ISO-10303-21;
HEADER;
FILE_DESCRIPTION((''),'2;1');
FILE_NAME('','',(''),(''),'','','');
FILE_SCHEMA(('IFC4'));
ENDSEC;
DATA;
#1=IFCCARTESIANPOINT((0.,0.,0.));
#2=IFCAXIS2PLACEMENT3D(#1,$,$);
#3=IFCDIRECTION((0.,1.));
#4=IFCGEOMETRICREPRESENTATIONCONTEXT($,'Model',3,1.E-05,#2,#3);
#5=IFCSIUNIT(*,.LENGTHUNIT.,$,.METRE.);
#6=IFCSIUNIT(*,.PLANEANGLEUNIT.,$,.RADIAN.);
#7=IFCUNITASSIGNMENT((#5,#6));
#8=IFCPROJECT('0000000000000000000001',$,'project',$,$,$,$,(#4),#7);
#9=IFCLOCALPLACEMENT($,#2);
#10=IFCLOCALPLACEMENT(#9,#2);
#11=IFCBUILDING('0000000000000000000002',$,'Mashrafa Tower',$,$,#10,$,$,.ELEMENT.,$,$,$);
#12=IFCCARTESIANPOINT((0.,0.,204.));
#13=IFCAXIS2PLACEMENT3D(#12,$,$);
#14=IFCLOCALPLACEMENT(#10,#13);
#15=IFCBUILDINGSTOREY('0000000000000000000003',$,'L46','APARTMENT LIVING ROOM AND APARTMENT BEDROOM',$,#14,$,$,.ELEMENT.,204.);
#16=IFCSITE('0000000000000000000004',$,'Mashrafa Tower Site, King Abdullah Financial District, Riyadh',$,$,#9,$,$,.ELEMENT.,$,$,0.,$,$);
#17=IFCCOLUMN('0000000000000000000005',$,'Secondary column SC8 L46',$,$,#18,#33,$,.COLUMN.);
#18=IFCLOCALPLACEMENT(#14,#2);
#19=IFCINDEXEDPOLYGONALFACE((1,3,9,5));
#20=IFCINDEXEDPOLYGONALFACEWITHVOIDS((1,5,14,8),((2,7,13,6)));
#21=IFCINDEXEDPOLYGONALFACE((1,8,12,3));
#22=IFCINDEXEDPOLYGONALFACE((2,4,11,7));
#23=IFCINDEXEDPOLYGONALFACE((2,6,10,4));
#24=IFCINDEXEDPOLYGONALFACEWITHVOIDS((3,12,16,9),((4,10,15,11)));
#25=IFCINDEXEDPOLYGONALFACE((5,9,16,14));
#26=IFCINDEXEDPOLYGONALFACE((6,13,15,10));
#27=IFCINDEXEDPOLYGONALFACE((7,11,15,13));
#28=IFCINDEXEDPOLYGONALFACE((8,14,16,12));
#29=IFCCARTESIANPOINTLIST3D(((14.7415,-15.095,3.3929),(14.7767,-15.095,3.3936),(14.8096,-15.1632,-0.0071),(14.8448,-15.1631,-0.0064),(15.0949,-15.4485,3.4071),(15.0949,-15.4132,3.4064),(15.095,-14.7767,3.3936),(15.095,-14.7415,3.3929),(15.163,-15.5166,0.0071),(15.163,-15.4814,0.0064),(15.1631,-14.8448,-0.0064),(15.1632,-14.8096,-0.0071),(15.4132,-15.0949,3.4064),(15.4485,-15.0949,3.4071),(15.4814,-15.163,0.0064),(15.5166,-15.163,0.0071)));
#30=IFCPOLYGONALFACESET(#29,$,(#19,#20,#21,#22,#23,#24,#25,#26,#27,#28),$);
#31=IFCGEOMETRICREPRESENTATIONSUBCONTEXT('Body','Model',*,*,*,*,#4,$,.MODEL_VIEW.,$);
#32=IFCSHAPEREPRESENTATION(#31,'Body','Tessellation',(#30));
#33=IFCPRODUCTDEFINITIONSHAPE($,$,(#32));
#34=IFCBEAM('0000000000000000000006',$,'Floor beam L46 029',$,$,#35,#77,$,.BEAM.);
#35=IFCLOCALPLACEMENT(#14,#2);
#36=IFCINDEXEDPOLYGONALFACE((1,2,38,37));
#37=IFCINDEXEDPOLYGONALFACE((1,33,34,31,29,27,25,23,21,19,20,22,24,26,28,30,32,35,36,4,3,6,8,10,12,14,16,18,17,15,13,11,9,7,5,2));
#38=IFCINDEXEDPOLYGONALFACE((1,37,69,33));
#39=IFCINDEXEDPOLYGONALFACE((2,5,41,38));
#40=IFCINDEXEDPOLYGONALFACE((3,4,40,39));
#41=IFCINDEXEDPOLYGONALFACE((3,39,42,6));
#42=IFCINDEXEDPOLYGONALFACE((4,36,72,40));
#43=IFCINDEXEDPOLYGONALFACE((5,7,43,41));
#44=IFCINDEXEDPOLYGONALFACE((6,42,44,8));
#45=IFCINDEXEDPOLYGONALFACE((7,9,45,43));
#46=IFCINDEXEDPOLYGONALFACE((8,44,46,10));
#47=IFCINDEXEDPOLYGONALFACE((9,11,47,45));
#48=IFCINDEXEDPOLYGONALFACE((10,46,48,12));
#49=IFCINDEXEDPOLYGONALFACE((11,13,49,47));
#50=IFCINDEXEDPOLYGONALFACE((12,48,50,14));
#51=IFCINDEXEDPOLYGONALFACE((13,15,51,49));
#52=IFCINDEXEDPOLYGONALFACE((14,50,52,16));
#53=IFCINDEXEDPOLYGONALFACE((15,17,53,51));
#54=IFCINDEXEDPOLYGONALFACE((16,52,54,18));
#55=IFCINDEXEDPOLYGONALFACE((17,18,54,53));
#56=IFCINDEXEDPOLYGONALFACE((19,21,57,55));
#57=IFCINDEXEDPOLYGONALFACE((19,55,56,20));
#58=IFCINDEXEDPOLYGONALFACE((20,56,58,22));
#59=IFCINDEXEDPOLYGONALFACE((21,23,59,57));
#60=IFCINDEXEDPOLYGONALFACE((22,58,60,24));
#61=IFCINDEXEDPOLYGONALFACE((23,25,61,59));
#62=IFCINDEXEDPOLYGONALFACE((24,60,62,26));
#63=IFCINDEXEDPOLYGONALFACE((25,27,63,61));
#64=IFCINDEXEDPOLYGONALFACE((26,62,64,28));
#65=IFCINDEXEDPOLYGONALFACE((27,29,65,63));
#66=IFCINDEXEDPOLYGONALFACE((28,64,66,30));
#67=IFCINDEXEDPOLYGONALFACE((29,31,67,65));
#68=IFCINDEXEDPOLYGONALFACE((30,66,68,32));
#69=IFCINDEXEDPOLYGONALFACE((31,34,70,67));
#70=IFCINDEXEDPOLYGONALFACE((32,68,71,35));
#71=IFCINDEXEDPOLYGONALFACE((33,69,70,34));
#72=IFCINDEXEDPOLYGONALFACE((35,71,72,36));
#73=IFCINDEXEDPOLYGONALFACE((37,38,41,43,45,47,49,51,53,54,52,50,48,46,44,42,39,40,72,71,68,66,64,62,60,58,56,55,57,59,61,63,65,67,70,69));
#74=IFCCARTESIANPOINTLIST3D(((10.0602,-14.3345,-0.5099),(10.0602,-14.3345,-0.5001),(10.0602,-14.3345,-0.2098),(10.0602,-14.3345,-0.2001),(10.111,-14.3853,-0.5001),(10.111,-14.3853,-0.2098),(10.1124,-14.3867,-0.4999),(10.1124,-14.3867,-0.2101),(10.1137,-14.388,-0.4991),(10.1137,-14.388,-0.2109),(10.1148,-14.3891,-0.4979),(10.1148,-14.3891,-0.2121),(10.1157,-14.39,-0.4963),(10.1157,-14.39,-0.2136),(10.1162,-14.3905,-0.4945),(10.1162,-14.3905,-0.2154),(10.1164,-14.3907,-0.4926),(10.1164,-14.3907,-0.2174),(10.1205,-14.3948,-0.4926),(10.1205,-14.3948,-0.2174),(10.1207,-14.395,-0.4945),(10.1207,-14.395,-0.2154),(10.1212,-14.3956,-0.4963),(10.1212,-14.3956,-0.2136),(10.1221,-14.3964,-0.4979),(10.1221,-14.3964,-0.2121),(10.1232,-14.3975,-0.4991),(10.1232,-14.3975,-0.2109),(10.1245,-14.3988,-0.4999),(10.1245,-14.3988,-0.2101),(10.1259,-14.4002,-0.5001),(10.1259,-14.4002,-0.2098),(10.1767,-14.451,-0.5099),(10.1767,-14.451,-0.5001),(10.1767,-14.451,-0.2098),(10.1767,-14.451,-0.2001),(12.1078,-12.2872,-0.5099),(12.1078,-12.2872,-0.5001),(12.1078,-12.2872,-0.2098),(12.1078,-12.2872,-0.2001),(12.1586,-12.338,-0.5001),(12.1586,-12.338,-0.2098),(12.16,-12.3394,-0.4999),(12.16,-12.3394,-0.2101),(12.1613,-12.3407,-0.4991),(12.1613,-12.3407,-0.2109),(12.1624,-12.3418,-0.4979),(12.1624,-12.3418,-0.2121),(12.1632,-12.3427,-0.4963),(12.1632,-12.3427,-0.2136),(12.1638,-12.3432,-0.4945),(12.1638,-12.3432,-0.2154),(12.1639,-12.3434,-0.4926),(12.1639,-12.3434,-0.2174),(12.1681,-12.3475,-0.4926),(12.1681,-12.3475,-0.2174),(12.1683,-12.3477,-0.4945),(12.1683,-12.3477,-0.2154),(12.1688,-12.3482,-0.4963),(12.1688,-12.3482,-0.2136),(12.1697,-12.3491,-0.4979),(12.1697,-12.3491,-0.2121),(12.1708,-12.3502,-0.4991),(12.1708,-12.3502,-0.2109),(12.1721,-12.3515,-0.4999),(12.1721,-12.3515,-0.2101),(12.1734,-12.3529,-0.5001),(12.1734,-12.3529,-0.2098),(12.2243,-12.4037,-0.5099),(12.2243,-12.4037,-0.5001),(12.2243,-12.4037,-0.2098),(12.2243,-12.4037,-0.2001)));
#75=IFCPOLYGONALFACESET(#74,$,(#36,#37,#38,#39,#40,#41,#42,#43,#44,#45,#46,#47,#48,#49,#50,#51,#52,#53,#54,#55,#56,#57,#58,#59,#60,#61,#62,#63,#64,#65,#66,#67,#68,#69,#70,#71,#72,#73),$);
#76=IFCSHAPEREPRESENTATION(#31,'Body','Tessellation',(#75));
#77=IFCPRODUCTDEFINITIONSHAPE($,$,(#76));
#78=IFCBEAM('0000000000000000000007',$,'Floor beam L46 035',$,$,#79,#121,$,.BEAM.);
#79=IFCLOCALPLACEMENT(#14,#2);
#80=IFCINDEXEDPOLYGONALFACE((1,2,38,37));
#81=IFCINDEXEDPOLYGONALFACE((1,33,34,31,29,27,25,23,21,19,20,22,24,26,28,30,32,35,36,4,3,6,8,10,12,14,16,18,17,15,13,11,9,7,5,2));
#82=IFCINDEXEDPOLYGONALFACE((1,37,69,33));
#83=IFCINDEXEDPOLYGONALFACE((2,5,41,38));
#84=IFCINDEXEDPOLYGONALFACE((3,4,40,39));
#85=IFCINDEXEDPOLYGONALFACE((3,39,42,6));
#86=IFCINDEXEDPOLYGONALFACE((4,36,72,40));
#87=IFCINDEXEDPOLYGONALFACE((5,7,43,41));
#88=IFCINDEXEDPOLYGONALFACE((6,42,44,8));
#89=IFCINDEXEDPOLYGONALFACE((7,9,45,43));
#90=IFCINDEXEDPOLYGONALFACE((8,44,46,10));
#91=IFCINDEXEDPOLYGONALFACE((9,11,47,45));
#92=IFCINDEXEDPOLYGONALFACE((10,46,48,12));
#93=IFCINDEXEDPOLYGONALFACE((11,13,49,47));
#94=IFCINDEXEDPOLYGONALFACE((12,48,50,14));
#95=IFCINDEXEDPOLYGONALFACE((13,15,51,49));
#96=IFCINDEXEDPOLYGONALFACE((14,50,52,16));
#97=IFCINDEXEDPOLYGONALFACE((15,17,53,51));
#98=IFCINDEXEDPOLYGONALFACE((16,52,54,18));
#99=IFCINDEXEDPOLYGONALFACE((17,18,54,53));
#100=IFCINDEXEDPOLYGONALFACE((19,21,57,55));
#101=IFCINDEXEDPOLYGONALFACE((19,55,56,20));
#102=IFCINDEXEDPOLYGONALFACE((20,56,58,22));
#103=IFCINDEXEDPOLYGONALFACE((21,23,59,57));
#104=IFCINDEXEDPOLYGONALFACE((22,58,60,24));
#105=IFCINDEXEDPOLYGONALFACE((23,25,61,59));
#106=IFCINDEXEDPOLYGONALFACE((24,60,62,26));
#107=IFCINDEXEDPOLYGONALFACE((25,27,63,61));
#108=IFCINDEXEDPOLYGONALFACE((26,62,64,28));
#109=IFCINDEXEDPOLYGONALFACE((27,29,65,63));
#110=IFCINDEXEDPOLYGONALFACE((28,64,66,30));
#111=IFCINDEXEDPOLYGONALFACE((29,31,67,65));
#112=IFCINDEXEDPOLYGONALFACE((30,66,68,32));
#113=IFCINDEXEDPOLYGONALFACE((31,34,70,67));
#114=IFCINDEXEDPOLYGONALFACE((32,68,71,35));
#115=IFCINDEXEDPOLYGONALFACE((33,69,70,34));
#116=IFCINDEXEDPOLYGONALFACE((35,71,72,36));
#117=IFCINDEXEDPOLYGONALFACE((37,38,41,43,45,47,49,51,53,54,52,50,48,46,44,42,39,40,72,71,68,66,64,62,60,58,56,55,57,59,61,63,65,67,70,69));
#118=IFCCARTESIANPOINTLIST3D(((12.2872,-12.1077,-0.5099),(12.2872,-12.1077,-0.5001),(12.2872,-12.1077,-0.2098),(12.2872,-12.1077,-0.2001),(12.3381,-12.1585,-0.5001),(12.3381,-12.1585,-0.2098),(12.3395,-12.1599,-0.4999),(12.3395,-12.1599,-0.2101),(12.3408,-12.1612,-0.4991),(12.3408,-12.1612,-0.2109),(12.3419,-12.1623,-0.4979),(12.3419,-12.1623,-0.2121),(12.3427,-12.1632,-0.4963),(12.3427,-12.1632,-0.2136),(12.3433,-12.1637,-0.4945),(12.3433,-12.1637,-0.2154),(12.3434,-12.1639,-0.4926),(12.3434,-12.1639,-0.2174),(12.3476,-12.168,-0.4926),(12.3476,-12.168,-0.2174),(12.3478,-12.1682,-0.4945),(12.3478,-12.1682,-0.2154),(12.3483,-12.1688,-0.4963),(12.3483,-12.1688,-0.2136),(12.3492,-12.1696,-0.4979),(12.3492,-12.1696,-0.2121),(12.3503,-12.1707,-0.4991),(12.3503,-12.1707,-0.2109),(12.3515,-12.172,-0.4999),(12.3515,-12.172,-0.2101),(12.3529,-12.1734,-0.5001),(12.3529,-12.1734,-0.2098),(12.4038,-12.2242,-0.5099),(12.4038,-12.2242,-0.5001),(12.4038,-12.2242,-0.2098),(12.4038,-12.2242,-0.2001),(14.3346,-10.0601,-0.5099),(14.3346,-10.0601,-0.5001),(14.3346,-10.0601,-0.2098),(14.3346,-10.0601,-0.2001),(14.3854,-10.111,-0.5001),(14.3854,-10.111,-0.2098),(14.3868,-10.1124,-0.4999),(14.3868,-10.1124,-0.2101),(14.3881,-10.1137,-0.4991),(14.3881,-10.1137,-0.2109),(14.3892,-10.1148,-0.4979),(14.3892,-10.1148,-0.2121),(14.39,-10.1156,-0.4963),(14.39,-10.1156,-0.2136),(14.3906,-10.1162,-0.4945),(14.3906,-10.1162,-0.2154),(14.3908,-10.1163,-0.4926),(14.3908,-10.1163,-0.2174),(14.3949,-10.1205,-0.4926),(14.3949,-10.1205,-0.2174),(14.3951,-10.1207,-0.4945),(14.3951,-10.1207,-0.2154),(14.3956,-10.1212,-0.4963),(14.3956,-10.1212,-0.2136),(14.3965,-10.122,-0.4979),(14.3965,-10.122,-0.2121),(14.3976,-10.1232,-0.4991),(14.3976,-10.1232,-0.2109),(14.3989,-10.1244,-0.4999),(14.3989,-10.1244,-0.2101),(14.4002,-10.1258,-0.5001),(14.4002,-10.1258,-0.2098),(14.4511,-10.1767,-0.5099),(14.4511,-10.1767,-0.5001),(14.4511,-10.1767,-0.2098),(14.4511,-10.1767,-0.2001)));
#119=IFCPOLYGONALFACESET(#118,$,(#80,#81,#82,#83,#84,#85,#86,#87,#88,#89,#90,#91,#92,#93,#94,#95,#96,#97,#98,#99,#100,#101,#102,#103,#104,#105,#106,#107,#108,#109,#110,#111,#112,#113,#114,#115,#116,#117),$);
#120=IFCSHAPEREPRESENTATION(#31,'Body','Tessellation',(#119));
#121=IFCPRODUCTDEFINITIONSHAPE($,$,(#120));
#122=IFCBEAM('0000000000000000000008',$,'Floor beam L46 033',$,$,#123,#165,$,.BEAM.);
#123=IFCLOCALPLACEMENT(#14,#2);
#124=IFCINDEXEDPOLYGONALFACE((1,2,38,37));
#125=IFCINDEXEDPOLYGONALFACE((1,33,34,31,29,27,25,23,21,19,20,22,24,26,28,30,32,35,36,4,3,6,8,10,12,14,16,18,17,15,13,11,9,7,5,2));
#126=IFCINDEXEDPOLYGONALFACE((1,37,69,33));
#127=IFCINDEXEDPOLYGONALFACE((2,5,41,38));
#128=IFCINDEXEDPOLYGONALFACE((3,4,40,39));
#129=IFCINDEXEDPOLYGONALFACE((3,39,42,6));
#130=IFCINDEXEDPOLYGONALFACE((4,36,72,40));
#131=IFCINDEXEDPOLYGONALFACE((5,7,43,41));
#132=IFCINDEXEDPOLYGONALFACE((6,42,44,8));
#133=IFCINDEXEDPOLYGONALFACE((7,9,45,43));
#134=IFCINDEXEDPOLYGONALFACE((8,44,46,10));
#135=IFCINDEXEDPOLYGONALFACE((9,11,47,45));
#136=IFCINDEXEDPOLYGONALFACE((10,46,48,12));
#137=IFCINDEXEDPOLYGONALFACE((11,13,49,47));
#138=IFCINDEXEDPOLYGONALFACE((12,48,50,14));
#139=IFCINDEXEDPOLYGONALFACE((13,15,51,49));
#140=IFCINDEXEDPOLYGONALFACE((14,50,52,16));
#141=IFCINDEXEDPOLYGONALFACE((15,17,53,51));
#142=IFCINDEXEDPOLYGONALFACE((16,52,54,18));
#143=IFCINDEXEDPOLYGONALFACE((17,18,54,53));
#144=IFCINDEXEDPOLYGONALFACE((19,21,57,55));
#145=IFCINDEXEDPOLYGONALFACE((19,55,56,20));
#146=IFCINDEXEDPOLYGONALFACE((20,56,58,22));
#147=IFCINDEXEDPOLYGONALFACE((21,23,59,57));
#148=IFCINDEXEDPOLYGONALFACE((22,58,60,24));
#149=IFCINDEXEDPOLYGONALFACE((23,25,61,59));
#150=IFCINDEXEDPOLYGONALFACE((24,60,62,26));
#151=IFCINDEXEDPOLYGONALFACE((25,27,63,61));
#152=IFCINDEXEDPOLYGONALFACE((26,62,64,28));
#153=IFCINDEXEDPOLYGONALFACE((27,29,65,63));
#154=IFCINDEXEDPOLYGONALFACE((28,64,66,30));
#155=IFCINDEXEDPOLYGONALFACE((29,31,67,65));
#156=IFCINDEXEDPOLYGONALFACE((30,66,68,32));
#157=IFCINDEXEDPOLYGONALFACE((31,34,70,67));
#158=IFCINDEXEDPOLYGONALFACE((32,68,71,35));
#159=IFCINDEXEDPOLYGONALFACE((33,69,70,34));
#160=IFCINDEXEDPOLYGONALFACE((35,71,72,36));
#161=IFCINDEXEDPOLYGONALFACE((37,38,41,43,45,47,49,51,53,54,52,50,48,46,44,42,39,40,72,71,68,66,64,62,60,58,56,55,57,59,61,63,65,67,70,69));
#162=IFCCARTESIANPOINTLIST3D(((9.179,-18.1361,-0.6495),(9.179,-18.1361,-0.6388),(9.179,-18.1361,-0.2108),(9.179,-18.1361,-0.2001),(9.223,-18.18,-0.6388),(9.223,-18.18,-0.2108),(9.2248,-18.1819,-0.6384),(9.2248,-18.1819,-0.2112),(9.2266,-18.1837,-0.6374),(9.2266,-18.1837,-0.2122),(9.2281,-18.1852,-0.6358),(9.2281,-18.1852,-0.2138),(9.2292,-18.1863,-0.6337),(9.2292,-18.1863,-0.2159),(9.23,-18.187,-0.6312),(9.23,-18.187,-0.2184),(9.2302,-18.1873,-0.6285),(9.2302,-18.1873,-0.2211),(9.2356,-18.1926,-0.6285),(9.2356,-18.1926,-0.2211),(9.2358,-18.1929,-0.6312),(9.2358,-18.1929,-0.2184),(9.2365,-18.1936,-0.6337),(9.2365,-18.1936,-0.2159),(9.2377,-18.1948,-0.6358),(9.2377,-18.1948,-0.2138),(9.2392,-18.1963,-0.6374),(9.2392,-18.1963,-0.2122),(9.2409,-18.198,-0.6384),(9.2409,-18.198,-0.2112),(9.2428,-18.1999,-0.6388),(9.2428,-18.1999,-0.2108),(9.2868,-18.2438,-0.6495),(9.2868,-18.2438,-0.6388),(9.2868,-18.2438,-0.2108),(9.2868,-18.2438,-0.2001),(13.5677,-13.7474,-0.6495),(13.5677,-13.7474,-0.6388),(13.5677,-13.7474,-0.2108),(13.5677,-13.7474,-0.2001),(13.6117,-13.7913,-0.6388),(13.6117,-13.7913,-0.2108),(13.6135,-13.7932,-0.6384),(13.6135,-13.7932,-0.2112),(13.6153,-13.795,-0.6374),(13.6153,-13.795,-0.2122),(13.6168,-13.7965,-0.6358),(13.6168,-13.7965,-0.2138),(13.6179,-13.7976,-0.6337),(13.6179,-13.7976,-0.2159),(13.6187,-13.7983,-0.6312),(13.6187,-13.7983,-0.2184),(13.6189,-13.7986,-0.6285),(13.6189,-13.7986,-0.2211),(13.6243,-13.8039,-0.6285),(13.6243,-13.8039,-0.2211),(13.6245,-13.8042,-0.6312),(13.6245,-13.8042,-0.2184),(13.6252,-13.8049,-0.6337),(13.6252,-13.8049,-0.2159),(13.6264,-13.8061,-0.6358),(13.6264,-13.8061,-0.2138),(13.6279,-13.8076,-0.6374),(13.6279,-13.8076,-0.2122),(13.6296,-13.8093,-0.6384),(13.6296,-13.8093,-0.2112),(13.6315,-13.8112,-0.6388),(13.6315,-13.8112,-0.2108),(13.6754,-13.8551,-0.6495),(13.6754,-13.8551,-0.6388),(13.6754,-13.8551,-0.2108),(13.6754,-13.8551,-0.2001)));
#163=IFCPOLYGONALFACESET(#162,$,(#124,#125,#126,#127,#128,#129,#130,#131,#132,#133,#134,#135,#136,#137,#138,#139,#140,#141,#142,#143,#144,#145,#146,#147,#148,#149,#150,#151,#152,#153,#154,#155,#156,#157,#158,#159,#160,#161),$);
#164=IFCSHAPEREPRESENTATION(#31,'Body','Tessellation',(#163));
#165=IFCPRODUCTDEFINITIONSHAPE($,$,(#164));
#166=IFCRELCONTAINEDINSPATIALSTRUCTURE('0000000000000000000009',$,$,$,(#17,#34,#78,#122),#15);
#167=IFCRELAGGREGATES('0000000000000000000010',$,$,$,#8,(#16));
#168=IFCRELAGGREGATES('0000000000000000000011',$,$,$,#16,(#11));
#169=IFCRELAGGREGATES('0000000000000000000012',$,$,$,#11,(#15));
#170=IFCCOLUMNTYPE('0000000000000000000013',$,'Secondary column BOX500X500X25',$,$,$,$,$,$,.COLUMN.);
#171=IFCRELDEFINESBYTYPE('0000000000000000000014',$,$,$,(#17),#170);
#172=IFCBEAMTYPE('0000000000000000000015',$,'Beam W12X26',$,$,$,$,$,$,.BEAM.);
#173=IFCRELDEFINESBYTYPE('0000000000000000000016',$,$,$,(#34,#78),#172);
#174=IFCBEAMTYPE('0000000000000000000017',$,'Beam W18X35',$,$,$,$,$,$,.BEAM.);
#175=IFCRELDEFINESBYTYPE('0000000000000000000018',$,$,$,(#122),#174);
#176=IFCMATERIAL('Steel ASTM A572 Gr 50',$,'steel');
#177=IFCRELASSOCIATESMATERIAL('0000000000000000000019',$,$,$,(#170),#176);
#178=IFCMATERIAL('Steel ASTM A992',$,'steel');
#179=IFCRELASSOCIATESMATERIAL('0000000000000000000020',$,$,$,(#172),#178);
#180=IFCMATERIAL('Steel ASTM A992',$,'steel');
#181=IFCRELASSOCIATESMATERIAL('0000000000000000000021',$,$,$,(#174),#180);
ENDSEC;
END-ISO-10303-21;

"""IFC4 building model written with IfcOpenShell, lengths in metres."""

from ifc_helpers import new_model, si_unit, direction, frame, origin, origin_2d, place, context, subcontext, project, spatial, hollow_rectangle, i_section, extrude, material, material_profile, profile_set, type_object, element, save


model = new_model("IFC4")

# Units and contexts
model_context = context("Model", 3, precision=1e-05, world=origin(), true_north=direction((0.0, 1.0)))
body_context = subcontext(model_context, "Body", "Model", "MODEL_VIEW")
ifc_project = project(units=[si_unit("LENGTHUNIT", "METRE"), si_unit("PLANEANGLEUNIT", "RADIAN")], contexts=[model_context])

# Site, building, storey
site_placement = place(None, origin())
site = spatial("IfcSite", under=ifc_project, at=site_placement, Name="Mashrafa Tower Site, King Abdullah Financial District, Riyadh", CompositionType="ELEMENT", RefElevation=0.0)
building_placement = place(site_placement, origin())
building = spatial("IfcBuilding", under=site, at=building_placement, Name="Mashrafa Tower", CompositionType="ELEMENT")
storey_placement = place(building_placement, frame((0.0, 0.0, 204.0)))
storey = spatial("IfcBuildingStorey", under=building, at=storey_placement, Name="L46", Description="APARTMENT LIVING ROOM AND APARTMENT BEDROOM", CompositionType="ELEMENT", Elevation=204.0)

# Column
ifc_material_1 = material(Name="Steel ASTM A572 Gr 50", Category="steel")
ifc_material_profile_1 = material_profile(ifc_material_1, hollow_rectangle(XDim=0.5, YDim=0.5, WallThickness=0.0249, at=origin_2d()), Name="BOX500X500X25")
ifc_profile_set_1 = profile_set([ifc_material_profile_1], Name="Steel ASTM A572 Gr 50")
column_type = type_object("IfcColumnType", Name="Secondary column BOX500X500X25", PredefinedType="COLUMN", material=ifc_profile_set_1)
column_placement = place(storey_placement, frame((15.1631, -15.1631, 0.0), z_axis=(-0.020026, 0.020026, 0.999599), x_axis=(-0.707107, -0.707107, 0.0)))
element("IfcColumn", 1, at=column_placement, inside=storey, type_object=column_type, Name="Secondary column SC8 L46", PredefinedType="COLUMN", context=body_context, shape_type="SweptSolid", body=[
    extrude(hollow_rectangle(XDim=0.5, YDim=0.5, WallThickness=0.0249, at=origin_2d()), origin(), (0.0, 0.0, 1.0), 3.4014),
])

# Beams
ifc_material_2 = material(Name="Steel ASTM A992", Category="steel")
ifc_material_profile_2 = material_profile(ifc_material_2, i_section(OverallWidth=0.1648, OverallDepth=0.3098, WebThickness=0.0059, FlangeThickness=0.0098, FilletRadius=0.0076, at=origin_2d()), Name="W12X26")
ifc_profile_set_2 = profile_set([ifc_material_profile_2], Name="Steel ASTM A992")
beam_type_1 = type_object("IfcBeamType", Name="Beam W12X26", PredefinedType="BEAM", material=ifc_profile_set_2)
for number, where, z_axis, x_axis, name in (
    (2, (12.166, -12.3455, -0.355), (-0.707149, -0.707065, 0.0), (0.707065, -0.707149, 0.0), "Floor beam L46 029"),
    (3, (14.3928, -10.1184, -0.355), (-0.707065, -0.707149, 0.0), (0.707149, -0.707065, 0.0), "Floor beam L46 035"),
):
    element("IfcBeam", number, at=place(storey_placement, frame(where, z_axis=z_axis, x_axis=x_axis)), inside=storey, type_object=beam_type_1, Name=name, PredefinedType="BEAM", context=body_context, shape_type="SweptSolid", body=[
        extrude(i_section(OverallWidth=0.1648, OverallDepth=0.3098, WebThickness=0.0059, FlangeThickness=0.0098, FilletRadius=0.0076, at=origin_2d()), origin(), (0.0, 0.0, 1.0), 2.8955),
    ])
ifc_material_3 = material(Name="Steel ASTM A992", Category="steel")
ifc_material_profile_3 = material_profile(ifc_material_3, i_section(OverallWidth=0.1523, OverallDepth=0.4495, WebThickness=0.0076, FlangeThickness=0.0107, FilletRadius=0.0103, at=origin_2d()), Name="W18X35")
ifc_profile_set_3 = profile_set([ifc_material_profile_3], Name="Steel ASTM A992")
beam_type_2 = type_object("IfcBeamType", Name="Beam W18X35", PredefinedType="BEAM", material=ifc_profile_set_3)
beam_1_placement = place(storey_placement, frame((13.6216, -13.8013, -0.4248), z_axis=(-0.707107, -0.707107, 0.0), x_axis=(0.707107, -0.707107, 0.0)))
element("IfcBeam", 4, at=beam_1_placement, inside=storey, type_object=beam_type_2, Name="Floor beam L46 033", PredefinedType="BEAM", context=body_context, shape_type="SweptSolid", body=[
    extrude(i_section(OverallWidth=0.1523, OverallDepth=0.4495, WebThickness=0.0076, FlangeThickness=0.0107, FilletRadius=0.0103, at=origin_2d()), origin(), (0.0, 0.0, 1.0), 6.2065),
])

save(model, "model.ifc")
